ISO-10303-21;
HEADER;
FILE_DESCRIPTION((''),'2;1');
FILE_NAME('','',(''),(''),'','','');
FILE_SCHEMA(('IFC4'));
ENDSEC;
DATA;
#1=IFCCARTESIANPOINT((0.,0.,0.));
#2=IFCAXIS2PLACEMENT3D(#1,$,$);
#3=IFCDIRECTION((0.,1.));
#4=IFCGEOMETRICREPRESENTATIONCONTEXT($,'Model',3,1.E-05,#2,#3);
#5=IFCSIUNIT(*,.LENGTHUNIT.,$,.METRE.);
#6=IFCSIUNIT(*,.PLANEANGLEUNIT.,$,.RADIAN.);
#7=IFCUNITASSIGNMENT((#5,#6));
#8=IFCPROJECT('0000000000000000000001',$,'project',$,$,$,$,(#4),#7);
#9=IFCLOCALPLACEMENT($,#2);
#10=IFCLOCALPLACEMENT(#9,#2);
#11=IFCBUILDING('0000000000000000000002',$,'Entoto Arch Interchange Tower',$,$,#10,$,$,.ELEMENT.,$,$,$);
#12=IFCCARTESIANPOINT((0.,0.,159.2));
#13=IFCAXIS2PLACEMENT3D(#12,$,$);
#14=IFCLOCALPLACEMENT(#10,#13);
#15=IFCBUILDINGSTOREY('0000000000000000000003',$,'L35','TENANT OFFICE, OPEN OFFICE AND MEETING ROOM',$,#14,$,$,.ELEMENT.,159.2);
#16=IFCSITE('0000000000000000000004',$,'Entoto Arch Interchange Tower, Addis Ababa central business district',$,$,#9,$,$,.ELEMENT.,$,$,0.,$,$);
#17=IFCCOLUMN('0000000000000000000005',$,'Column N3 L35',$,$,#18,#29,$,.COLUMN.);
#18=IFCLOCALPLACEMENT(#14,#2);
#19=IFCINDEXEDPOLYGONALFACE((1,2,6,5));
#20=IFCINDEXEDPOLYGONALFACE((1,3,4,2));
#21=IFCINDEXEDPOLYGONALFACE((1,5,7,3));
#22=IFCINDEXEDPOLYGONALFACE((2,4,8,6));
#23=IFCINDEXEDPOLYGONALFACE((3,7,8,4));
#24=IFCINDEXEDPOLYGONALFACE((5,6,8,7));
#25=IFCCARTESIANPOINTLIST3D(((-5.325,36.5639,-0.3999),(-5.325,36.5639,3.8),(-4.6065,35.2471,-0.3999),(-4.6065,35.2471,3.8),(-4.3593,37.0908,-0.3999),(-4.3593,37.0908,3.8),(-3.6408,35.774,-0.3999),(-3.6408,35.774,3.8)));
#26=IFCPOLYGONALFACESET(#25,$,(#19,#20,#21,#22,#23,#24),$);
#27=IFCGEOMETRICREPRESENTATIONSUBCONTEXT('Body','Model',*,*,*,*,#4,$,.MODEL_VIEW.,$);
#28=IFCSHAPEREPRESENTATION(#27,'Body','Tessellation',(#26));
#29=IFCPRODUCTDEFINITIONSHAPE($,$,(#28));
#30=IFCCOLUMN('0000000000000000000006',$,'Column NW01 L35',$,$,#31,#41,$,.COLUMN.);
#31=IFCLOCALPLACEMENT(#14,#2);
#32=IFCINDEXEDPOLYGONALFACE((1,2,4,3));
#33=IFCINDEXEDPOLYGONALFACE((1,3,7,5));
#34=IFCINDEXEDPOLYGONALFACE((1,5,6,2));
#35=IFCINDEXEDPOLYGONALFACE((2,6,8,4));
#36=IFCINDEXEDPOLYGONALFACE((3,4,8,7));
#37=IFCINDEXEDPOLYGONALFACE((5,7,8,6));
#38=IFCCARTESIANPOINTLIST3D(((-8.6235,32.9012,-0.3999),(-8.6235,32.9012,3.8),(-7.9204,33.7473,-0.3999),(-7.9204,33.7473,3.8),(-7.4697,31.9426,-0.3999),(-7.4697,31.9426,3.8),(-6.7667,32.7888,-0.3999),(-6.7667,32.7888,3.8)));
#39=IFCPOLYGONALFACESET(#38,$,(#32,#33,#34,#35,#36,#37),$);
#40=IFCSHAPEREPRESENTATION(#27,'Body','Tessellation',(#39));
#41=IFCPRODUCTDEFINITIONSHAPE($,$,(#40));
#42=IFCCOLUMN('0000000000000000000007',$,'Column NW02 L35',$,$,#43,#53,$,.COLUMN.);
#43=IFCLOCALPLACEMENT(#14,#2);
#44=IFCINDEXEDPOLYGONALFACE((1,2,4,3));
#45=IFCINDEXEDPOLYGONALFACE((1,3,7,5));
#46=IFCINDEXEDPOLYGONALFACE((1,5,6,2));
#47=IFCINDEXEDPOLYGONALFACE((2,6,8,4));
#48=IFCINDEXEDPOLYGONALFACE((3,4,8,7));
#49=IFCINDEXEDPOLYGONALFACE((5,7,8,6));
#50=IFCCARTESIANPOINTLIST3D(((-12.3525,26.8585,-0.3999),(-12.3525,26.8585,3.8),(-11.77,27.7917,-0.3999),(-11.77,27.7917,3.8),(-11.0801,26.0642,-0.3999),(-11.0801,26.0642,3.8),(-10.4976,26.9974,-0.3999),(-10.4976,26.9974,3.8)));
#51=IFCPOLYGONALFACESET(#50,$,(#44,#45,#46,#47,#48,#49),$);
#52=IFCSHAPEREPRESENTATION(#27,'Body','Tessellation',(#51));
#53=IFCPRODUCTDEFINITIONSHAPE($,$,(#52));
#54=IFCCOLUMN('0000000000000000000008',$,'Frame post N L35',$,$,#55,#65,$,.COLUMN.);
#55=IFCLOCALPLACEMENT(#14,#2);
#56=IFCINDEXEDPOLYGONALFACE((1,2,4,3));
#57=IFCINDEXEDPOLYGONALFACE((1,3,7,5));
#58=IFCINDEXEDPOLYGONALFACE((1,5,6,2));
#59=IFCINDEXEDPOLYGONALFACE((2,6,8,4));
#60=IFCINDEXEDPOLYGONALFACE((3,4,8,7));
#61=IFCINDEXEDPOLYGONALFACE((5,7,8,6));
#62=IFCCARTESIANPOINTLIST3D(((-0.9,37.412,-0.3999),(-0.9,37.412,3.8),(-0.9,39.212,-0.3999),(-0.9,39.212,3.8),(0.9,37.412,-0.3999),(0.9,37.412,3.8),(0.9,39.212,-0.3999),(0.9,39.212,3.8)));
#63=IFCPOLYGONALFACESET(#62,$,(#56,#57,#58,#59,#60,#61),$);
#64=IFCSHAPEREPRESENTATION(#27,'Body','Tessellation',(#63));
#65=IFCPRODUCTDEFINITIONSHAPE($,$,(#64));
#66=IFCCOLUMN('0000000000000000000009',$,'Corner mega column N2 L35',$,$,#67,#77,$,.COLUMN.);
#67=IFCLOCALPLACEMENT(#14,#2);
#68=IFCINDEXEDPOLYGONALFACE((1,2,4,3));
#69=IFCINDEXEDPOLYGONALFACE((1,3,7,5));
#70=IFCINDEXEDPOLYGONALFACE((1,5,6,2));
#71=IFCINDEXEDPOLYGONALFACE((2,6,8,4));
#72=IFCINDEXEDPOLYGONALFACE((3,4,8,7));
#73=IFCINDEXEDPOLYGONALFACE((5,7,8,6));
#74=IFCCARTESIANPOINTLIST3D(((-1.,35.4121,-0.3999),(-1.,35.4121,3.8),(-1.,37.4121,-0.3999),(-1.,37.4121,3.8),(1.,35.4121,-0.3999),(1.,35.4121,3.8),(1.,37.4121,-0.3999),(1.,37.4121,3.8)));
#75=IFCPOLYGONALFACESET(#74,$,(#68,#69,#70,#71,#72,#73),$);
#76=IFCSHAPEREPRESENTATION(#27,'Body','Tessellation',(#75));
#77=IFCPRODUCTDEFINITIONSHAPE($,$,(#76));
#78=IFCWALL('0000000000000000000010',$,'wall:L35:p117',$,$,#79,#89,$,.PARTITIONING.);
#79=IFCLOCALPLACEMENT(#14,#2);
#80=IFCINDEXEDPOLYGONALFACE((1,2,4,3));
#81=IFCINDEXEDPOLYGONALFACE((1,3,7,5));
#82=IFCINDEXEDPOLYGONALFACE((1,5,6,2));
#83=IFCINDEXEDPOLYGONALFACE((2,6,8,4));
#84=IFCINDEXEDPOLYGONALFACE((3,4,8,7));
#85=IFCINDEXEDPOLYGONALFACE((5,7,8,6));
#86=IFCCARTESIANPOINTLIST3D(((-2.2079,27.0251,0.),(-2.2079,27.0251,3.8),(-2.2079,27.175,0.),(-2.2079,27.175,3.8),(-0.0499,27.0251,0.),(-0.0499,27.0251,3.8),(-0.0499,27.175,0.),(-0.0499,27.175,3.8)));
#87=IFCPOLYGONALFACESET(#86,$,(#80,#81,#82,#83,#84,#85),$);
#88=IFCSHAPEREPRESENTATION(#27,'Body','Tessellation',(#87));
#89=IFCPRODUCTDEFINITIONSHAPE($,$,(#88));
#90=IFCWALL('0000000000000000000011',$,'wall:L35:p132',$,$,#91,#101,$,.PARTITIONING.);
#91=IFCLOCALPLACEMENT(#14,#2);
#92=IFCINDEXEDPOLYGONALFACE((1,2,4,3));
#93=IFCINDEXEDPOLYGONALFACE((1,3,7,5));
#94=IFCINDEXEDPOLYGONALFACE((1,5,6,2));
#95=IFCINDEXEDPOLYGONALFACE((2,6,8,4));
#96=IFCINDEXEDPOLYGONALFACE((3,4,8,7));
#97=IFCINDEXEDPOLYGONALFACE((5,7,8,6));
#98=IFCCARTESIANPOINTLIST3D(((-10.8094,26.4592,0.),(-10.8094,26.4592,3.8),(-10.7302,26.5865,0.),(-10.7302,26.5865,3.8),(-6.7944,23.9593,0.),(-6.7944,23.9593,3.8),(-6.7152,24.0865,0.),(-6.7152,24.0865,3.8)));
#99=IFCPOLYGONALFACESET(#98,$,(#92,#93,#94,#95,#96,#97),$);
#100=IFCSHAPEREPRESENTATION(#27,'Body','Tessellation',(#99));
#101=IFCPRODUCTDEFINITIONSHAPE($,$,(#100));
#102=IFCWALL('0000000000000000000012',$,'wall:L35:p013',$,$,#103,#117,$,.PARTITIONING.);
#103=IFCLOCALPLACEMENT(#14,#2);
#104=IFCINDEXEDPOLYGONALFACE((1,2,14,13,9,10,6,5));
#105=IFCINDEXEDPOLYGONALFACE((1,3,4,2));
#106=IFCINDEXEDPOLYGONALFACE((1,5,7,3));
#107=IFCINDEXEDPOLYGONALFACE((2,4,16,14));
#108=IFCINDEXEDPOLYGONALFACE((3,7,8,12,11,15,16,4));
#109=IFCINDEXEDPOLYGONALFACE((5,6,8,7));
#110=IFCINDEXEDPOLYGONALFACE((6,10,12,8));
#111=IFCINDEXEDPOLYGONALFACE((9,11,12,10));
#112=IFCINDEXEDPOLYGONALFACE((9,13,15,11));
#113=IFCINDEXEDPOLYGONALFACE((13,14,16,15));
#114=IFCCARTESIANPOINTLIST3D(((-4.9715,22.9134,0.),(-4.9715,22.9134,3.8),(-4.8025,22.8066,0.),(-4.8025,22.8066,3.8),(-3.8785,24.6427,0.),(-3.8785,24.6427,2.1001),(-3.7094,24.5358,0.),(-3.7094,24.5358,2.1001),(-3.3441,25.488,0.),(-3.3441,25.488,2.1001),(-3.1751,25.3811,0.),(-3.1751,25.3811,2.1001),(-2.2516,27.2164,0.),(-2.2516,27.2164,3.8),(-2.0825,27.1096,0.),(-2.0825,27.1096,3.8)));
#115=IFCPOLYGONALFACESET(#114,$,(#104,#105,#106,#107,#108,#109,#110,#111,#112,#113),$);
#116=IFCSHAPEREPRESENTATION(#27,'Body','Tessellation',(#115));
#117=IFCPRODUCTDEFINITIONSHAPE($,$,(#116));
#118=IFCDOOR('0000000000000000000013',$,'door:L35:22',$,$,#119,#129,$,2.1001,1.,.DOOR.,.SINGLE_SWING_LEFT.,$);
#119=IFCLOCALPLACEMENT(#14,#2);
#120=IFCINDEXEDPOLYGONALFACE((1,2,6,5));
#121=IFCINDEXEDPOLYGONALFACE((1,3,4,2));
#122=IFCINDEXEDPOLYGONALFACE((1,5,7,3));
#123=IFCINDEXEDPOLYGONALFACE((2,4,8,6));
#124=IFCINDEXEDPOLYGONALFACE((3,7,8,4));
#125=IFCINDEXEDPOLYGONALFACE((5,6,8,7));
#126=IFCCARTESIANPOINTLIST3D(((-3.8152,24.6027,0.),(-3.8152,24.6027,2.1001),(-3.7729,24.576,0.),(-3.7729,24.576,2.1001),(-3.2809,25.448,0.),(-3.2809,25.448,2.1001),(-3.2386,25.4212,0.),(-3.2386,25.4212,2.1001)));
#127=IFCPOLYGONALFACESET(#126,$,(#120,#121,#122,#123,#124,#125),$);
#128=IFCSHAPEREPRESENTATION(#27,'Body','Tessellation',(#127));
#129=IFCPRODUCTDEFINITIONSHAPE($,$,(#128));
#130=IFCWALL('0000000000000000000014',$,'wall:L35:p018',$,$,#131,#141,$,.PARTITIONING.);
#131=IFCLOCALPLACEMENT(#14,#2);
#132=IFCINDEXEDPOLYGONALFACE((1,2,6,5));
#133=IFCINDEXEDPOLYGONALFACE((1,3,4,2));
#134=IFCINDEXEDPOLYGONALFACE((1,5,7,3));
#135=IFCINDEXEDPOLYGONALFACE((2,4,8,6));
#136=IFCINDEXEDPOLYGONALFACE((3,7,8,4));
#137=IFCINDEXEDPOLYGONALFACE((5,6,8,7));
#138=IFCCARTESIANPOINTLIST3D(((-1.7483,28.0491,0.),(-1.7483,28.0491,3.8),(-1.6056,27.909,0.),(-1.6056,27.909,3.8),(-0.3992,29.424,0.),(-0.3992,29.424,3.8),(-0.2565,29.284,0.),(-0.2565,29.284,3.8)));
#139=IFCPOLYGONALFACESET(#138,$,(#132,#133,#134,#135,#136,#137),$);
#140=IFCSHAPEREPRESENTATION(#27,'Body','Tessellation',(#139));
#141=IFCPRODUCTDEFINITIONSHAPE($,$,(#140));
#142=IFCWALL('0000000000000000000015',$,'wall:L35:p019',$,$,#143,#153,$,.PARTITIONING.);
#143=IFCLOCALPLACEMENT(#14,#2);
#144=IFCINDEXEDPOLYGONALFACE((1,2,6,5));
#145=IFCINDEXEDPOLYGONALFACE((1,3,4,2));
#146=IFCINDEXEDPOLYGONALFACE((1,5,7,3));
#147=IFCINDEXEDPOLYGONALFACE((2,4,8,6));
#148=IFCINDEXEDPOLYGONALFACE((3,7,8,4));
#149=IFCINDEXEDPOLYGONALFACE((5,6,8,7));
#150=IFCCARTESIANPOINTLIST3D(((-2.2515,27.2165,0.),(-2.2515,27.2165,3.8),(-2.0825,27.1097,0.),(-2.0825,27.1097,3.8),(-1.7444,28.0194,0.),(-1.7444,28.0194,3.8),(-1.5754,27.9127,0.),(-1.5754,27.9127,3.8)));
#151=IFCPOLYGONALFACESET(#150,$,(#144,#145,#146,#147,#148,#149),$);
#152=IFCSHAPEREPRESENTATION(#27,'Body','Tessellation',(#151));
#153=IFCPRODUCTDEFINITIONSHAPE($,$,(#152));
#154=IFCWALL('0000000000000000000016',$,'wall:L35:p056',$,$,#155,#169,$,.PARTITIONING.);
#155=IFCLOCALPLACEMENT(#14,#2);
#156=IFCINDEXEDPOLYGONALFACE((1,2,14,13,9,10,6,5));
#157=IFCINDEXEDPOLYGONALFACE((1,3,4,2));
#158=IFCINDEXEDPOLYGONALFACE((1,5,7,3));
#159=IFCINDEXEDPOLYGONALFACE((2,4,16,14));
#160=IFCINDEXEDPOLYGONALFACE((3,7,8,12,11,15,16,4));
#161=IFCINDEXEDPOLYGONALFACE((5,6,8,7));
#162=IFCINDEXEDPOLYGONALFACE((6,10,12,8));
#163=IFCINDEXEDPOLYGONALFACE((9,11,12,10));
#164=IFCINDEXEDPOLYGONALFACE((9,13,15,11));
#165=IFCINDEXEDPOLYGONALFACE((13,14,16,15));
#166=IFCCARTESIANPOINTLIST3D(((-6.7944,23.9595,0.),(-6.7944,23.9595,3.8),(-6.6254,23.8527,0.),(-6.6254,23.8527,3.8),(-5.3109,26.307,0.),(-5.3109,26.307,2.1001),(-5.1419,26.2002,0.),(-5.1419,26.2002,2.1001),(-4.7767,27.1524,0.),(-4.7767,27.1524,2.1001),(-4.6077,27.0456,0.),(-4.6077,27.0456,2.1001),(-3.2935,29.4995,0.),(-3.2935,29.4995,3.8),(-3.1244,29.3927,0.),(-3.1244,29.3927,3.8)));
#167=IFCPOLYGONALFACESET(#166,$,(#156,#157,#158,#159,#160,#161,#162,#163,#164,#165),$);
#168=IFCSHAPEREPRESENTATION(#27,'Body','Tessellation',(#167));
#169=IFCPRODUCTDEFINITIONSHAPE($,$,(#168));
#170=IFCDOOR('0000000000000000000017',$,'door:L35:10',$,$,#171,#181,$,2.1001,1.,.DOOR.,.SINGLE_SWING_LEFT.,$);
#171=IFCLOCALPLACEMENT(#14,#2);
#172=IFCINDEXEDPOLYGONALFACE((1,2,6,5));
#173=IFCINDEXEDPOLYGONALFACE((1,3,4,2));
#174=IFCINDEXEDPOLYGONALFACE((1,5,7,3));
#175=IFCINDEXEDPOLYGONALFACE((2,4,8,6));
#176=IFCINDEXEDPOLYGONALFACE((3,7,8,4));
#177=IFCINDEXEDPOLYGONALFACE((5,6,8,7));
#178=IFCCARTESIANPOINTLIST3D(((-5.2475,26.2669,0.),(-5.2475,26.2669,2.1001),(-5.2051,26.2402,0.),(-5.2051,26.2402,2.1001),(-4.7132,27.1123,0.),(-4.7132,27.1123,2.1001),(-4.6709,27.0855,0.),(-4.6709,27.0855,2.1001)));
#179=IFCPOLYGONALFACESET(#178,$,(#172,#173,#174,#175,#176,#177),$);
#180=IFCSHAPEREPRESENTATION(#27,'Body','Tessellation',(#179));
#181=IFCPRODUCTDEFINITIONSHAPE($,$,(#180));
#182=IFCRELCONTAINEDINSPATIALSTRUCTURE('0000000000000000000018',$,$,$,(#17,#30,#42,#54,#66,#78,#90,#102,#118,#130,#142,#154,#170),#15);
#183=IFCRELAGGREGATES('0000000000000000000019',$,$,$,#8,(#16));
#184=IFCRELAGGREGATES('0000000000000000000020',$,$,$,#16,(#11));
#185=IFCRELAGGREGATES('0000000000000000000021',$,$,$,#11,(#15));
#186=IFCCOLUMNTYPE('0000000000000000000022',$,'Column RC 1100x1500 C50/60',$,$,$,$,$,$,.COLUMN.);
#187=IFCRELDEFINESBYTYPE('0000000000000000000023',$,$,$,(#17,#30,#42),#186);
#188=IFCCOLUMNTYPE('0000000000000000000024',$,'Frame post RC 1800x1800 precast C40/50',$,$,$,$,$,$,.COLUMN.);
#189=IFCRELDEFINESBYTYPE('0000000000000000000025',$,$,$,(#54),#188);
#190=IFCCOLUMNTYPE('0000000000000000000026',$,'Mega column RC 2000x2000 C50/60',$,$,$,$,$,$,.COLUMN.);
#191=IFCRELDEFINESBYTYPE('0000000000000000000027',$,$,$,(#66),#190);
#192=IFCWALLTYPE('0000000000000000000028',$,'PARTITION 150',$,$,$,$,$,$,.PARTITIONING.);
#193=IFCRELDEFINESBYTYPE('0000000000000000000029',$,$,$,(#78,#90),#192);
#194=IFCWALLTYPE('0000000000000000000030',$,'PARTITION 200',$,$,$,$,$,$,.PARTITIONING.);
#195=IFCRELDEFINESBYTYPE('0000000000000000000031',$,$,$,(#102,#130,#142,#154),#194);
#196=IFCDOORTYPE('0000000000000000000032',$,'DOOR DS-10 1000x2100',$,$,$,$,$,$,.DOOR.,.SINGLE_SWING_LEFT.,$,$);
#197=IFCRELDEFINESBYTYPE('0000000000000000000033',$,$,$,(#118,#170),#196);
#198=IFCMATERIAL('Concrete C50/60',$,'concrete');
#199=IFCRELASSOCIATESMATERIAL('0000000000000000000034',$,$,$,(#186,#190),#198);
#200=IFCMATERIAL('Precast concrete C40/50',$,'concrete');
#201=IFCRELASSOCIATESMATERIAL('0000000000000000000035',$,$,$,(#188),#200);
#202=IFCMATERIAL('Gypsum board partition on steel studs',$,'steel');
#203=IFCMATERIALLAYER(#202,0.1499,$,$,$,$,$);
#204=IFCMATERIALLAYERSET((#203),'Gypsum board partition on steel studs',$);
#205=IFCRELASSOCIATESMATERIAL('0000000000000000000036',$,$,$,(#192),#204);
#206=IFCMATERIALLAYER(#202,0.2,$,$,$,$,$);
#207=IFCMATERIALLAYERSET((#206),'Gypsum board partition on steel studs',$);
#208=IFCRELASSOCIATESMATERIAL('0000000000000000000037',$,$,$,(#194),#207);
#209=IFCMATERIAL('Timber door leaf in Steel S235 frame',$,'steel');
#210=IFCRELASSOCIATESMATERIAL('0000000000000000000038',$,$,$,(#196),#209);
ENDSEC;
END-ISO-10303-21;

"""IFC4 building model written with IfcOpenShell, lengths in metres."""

from ifc_helpers import new_model, si_unit, direction, frame, frame_2d, origin, origin_2d, place, context, subcontext, project, spatial, rectangle, extrude, material, layer, layer_set, material_profile, profile_set, type_object, element, fill, save


model = new_model("IFC4")

# Units and contexts
model_context = context("Model", 3, precision=1e-05, world=origin(), true_north=direction((0.0, 1.0)))
body_context = subcontext(model_context, "Body", "Model", "MODEL_VIEW")
ifc_project = project(units=[si_unit("LENGTHUNIT", "METRE"), si_unit("PLANEANGLEUNIT", "RADIAN")], contexts=[model_context])

# Site, building, storey
site_placement = place(None, origin())
site = spatial("IfcSite", under=ifc_project, at=site_placement, Name="Entoto Arch Interchange Tower, Addis Ababa central business district", CompositionType="ELEMENT", RefElevation=0.0)
building_placement = place(site_placement, origin())
building = spatial("IfcBuilding", under=site, at=building_placement, Name="Entoto Arch Interchange Tower", CompositionType="ELEMENT")
storey_placement = place(building_placement, frame((0.0, 0.0, 159.2)))
storey = spatial("IfcBuildingStorey", under=building, at=storey_placement, Name="L35", Description="TENANT OFFICE, OPEN OFFICE AND MEETING ROOM", CompositionType="ELEMENT", Elevation=159.2)

# Columns
ifc_material_1 = material(Name="Concrete C50/60", Category="concrete")
ifc_material_profile_1 = material_profile(ifc_material_1, rectangle(XDim=1.1001, YDim=1.5, at=origin_2d()))
ifc_profile_set_1 = profile_set([ifc_material_profile_1], Name="Concrete C50/60")
column_type_1 = type_object("IfcColumnType", Name="Column RC 1100x1500 C50/60", PredefinedType="COLUMN", material=ifc_profile_set_1)
for number, where, z_axis, x_axis, name in (
    (1, (-4.4829, 36.1689, -0.3999), (0.0, 0.0, 1.0), (0.877833, 0.478968, 0.0), "Column N3 L35"),
    (2, (-7.6951, 32.845, -0.3999), (0.0, 0.0, 1.0), (0.63905, 0.769165, 0.0), "Column NW01 L35"),
    (3, (-11.425, 26.928, -0.3999), (0.0, 0.0, 1.0), (0.529549, 0.848279, 0.0), "Column NW02 L35"),
):
    element("IfcColumn", number, at=place(storey_placement, frame(where, z_axis=z_axis, x_axis=x_axis)), inside=storey, type_object=column_type_1, Name=name, PredefinedType="COLUMN", context=body_context, shape_type="SweptSolid", body=[
        extrude(rectangle(XDim=1.1001, YDim=1.5, at=origin_2d()), origin(), (0.0, 0.0, 1.0), 4.2),
    ])
ifc_material_2 = material(Name="Precast concrete C40/50", Category="concrete")
ifc_material_profile_2 = material_profile(ifc_material_2, rectangle(XDim=1.8, YDim=1.8, at=origin_2d()))
ifc_profile_set_2 = profile_set([ifc_material_profile_2], Name="Precast concrete C40/50")
column_type_2 = type_object("IfcColumnType", Name="Frame post RC 1800x1800 precast C40/50", PredefinedType="COLUMN", material=ifc_profile_set_2)
column_1_placement = place(storey_placement, frame((0.0, 38.312, -0.3999), z_axis=(0.0, 0.0, 1.0), x_axis=(0.0, 1.0, 0.0)))
element("IfcColumn", 4, at=column_1_placement, inside=storey, type_object=column_type_2, Name="Frame post N L35", PredefinedType="COLUMN", context=body_context, shape_type="SweptSolid", body=[
    extrude(rectangle(XDim=1.8, YDim=1.8, at=origin_2d()), origin(), (0.0, 0.0, 1.0), 4.2),
])
ifc_material_profile_3 = material_profile(ifc_material_1, rectangle(XDim=2.0, YDim=2.0, at=origin_2d()))
ifc_profile_set_3 = profile_set([ifc_material_profile_3], Name="Concrete C50/60")
column_type_3 = type_object("IfcColumnType", Name="Mega column RC 2000x2000 C50/60", PredefinedType="COLUMN", material=ifc_profile_set_3)
column_2_placement = place(storey_placement, frame((0.0, 36.4121, -0.3999), z_axis=(0.0, 0.0, 1.0), x_axis=(0.0, 1.0, 0.0)))
element("IfcColumn", 5, at=column_2_placement, inside=storey, type_object=column_type_3, Name="Corner mega column N2 L35", PredefinedType="COLUMN", context=body_context, shape_type="SweptSolid", body=[
    extrude(rectangle(XDim=2.0, YDim=2.0, at=origin_2d()), origin(), (0.0, 0.0, 1.0), 4.2),
])

# Walls
ifc_material_3 = material(Name="Gypsum board partition on steel studs", Category="steel")
ifc_layer_1 = layer(ifc_material_3, 0.1499)
ifc_layer_set_1 = layer_set([ifc_layer_1], Name="Gypsum board partition on steel studs")
wall_type_1 = type_object("IfcWallType", Name="PARTITION 150", PredefinedType="PARTITIONING", material=ifc_layer_set_1)
wall_1_placement = place(storey_placement, frame((-2.208, 27.1001, 0.0), z_axis=(0.0, 0.0, 1.0), x_axis=(1.0, 0.0, 0.0)))
element("IfcWall", 6, at=wall_1_placement, inside=storey, type_object=wall_type_1, Name="wall:L35:p117", PredefinedType="PARTITIONING", context=body_context, shape_type="SweptSolid", body=[
    extrude(rectangle(XDim=2.158, YDim=0.1499, at=frame_2d((1.0791, 0.0))), origin(), (0.0, 0.0, 1.0), 3.8),
])
wall_2_placement = place(storey_placement, frame((-6.7549, 24.0229, 0.0), z_axis=(0.0, 0.0, 1.0), x_axis=(-0.848896, 0.52856, 0.0)))
element("IfcWall", 7, at=wall_2_placement, inside=storey, type_object=wall_type_1, Name="wall:L35:p132", PredefinedType="PARTITIONING", context=body_context, shape_type="SweptSolid", body=[
    extrude(rectangle(XDim=4.7297, YDim=0.1499, at=frame_2d((2.3647, 0.0))), origin(), (0.0, 0.0, 1.0), 3.8),
])

# Wall, opening, door
ifc_layer_2 = layer(ifc_material_3, 0.2)
ifc_layer_set_2 = layer_set([ifc_layer_2], Name="Gypsum board partition on steel studs")
wall_type_2 = type_object("IfcWallType", Name="PARTITION 200", PredefinedType="PARTITIONING", material=ifc_layer_set_2)
wall_3_placement = place(storey_placement, frame((-2.167, 27.1631, 0.0), z_axis=(0.0, 0.0, 1.0), x_axis=(-0.534316, -0.845285, 0.0)))
wall_3 = element("IfcWall", 8, at=wall_3_placement, inside=storey, type_object=wall_type_2, Name="wall:L35:p013", PredefinedType="PARTITIONING", context=body_context, shape_type="SweptSolid", body=[
    extrude(rectangle(XDim=5.0906, YDim=0.2, at=frame_2d((2.5454, 0.0))), origin(), (0.0, 0.0, 1.0), 3.8),
])
opening_1_placement = place(wall_3_placement, frame((2.0449, 0.0, 0.0)))
opening_1 = element("IfcOpeningElement", 9, at=opening_1_placement, cuts=wall_3, PredefinedType="OPENING", context=body_context, shape_type="SweptSolid", body=[
    extrude(rectangle(XDim=1.0, YDim=2.1001, at=frame_2d((0.5, 1.05))), frame((0.0, 0.1099, 0.0), z_axis=(0.0, -1.0, 0.0), x_axis=(1.0, 0.0, 0.0)), (0.0, 0.0, 1.0), 0.22),
])
ifc_material_4 = material(Name="Timber door leaf in Steel S235 frame", Category="steel")
door_type_1 = type_object("IfcDoorType", Name="DOOR DS-10 1000x2100", OperationType="SINGLE_SWING_LEFT", PredefinedType="DOOR", material=ifc_material_4)
door_1_placement = place(opening_1_placement, origin())
door_1 = element("IfcDoor", 10, at=door_1_placement, inside=storey, type_object=door_type_1, Name="door:L35:22", OperationType="SINGLE_SWING_LEFT", OverallHeight=2.1001, OverallWidth=1.0, PredefinedType="DOOR", context=body_context, shape_type="SweptSolid", body=[
    extrude(rectangle(XDim=1.0, YDim=2.1001, at=frame_2d((0.5, 1.05))), frame((0.0, 0.0249, 0.0), z_axis=(0.0, -1.0, 0.0), x_axis=(1.0, 0.0, 0.0)), (0.0, 0.0, 1.0), 0.05),
])
fill(opening_1, door_1)

# Walls
wall_4_placement = place(storey_placement, frame((-0.3279, 29.354, 0.0), z_axis=(0.0, 0.0, 1.0), x_axis=(-0.700358, -0.713792, 0.0)))
element("IfcWall", 11, at=wall_4_placement, inside=storey, type_object=wall_type_2, Name="wall:L35:p018", PredefinedType="PARTITIONING", context=body_context, shape_type="SweptSolid", body=[
    extrude(rectangle(XDim=1.9263, YDim=0.2, at=frame_2d((0.9631, 0.0))), origin(), (0.0, 0.0, 1.0), 3.8),
])
wall_5_placement = place(storey_placement, frame((-1.6599, 27.9661, 0.0), z_axis=(0.0, 0.0, 1.0), x_axis=(-0.533945, -0.845519, 0.0)))
element("IfcWall", 12, at=wall_5_placement, inside=storey, type_object=wall_type_2, Name="wall:L35:p019", PredefinedType="PARTITIONING", context=body_context, shape_type="SweptSolid", body=[
    extrude(rectangle(XDim=0.9497, YDim=0.2, at=frame_2d((0.4749, 0.0))), origin(), (0.0, 0.0, 1.0), 3.8),
])

# Wall, opening, door
wall_6_placement = place(storey_placement, frame((-6.71, 23.906, 0.0), z_axis=(0.0, 0.0, 1.0), x_axis=(0.534212, 0.845351, 0.0)))
wall_6 = element("IfcWall", 13, at=wall_6_placement, inside=storey, type_object=wall_type_2, Name="wall:L35:p056", PredefinedType="PARTITIONING", context=body_context, shape_type="SweptSolid", body=[
    extrude(rectangle(XDim=6.5535, YDim=0.2, at=frame_2d((3.2769, 0.0))), origin(), (0.0, 0.0, 1.0), 3.8),
])
opening_2_placement = place(wall_6_placement, frame((2.7771, 0.0, 0.0)))
opening_2 = element("IfcOpeningElement", 14, at=opening_2_placement, cuts=wall_6, PredefinedType="OPENING", context=body_context, shape_type="SweptSolid", body=[
    extrude(rectangle(XDim=1.0, YDim=2.1001, at=frame_2d((0.5, 1.05))), frame((0.0, 0.1099, 0.0), z_axis=(0.0, -1.0, 0.0), x_axis=(1.0, 0.0, 0.0)), (0.0, 0.0, 1.0), 0.22),
])
door_2_placement = place(opening_2_placement, origin())
door_2 = element("IfcDoor", 15, at=door_2_placement, inside=storey, type_object=door_type_1, Name="door:L35:10", OperationType="SINGLE_SWING_LEFT", OverallHeight=2.1001, OverallWidth=1.0, PredefinedType="DOOR", context=body_context, shape_type="SweptSolid", body=[
    extrude(rectangle(XDim=1.0, YDim=2.1001, at=frame_2d((0.5, 1.05))), frame((0.0, 0.0249, 0.0), z_axis=(0.0, -1.0, 0.0), x_axis=(1.0, 0.0, 0.0)), (0.0, 0.0, 1.0), 0.05),
])
fill(opening_2, door_2)

save(model, "model.ifc")
